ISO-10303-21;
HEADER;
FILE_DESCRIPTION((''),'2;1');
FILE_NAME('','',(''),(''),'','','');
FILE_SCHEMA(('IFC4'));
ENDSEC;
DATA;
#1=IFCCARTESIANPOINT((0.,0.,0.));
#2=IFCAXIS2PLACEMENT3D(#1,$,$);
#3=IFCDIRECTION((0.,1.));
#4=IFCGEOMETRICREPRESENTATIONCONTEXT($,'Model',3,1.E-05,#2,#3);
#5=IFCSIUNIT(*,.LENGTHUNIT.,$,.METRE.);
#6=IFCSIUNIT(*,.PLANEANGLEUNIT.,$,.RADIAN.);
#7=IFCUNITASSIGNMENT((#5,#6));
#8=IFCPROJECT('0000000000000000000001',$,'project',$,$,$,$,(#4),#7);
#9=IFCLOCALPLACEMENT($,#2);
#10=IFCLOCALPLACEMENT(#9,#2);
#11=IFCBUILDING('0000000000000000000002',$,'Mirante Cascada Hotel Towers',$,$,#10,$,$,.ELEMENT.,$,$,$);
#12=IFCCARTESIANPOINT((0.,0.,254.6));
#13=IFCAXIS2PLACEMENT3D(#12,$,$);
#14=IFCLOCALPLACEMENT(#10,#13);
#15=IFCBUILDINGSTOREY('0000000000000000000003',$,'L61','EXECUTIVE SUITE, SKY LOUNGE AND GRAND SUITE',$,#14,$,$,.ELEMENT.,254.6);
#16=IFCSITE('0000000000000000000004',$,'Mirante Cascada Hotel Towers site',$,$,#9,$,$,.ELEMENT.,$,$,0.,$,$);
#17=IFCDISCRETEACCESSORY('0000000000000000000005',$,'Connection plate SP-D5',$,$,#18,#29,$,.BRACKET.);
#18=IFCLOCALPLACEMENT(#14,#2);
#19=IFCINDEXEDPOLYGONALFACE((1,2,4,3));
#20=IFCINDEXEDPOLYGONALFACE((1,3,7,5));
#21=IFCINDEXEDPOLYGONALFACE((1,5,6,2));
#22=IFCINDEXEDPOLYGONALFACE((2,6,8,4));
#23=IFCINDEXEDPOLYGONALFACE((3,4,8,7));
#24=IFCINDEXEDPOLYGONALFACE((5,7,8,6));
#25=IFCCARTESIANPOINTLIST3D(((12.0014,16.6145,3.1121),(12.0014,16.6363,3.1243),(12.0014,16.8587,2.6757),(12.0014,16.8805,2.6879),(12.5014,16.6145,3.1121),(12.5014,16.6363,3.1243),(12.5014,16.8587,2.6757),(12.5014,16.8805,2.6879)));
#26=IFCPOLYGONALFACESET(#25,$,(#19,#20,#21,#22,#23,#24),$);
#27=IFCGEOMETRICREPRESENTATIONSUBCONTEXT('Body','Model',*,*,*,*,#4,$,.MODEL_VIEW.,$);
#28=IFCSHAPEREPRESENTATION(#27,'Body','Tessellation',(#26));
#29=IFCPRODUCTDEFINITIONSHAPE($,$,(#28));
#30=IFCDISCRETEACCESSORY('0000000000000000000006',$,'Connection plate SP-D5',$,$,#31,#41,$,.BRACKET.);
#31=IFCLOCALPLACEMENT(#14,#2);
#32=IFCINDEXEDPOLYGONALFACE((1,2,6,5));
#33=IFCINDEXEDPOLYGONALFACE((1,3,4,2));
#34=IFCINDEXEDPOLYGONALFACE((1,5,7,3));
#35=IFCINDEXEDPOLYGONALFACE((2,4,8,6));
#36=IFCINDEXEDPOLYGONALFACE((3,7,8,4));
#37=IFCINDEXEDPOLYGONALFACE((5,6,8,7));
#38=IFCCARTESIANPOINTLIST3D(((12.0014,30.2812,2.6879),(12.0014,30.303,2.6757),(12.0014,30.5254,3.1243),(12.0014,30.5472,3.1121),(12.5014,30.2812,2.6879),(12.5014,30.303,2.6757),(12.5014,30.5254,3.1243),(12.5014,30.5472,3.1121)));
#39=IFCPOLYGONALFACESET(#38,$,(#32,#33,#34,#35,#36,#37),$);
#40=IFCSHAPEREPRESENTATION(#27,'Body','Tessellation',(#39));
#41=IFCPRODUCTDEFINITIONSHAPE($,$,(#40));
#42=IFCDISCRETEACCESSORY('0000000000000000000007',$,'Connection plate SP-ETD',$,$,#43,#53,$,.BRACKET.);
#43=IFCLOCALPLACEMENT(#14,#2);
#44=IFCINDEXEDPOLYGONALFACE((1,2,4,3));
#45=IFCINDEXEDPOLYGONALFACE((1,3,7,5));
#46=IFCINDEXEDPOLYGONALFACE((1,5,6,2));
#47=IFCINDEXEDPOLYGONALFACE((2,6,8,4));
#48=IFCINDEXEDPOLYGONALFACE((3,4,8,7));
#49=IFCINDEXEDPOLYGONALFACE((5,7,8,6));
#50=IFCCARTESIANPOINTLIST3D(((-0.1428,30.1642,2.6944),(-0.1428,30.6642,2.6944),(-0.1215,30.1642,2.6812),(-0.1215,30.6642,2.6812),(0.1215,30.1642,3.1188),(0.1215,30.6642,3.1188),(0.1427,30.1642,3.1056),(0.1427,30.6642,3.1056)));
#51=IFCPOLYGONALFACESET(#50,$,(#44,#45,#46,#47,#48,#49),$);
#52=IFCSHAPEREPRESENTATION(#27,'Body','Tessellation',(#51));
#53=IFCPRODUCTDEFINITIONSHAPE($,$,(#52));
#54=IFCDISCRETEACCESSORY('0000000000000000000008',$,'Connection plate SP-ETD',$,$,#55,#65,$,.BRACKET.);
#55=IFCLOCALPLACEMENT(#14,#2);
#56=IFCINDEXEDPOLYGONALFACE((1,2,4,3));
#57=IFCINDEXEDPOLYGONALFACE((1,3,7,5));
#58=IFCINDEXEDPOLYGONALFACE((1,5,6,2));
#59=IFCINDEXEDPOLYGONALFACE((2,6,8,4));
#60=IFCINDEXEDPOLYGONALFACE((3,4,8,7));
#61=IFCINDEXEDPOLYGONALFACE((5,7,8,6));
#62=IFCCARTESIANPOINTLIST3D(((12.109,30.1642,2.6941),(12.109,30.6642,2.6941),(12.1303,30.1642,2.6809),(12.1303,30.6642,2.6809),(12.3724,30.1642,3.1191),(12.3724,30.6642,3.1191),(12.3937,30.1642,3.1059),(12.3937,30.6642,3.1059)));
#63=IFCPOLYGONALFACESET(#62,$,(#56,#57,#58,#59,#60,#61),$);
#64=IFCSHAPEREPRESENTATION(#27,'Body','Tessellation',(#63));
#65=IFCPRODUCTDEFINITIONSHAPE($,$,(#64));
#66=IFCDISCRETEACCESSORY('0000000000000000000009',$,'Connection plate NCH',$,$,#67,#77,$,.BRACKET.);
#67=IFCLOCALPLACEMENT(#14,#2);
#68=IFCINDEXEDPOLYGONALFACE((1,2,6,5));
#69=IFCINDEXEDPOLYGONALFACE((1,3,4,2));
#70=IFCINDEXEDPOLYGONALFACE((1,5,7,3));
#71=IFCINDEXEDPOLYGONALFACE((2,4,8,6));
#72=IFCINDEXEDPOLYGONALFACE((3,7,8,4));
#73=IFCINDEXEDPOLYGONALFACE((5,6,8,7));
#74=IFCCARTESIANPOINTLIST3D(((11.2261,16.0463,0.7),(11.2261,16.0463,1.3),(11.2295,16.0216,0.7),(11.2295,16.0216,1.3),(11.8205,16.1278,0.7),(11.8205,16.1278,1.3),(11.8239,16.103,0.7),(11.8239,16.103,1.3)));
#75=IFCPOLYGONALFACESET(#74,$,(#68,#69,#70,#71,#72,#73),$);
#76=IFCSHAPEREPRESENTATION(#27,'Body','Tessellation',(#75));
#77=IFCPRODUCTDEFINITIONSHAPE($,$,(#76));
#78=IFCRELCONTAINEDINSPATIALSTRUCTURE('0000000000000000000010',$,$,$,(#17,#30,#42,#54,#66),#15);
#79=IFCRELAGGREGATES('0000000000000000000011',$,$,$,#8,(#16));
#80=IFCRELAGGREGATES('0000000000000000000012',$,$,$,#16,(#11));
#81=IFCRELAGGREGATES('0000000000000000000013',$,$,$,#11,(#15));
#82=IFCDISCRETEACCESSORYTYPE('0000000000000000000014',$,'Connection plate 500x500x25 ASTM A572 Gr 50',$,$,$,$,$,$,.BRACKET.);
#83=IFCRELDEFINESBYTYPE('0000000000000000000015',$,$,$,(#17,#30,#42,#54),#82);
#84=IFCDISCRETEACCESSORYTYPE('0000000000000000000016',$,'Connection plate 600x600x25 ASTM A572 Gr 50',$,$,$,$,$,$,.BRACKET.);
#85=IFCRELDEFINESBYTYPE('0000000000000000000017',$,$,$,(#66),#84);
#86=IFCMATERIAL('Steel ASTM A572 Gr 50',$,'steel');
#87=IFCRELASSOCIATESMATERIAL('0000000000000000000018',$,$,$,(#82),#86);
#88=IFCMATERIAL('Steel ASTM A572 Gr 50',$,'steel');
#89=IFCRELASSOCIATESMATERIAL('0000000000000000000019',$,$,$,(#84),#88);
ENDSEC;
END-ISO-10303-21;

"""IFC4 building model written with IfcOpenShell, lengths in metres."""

from ifc_helpers import new_model, si_unit, direction, frame, origin, origin_2d, place, context, subcontext, project, spatial, rectangle, extrude, material, material_profile, profile_set, type_object, element, save


model = new_model("IFC4")

# Units and contexts
model_context = context("Model", 3, precision=1e-05, world=origin(), true_north=direction((0.0, 1.0)))
body_context = subcontext(model_context, "Body", "Model", "MODEL_VIEW")
ifc_project = project(units=[si_unit("LENGTHUNIT", "METRE"), si_unit("PLANEANGLEUNIT", "RADIAN")], contexts=[model_context])

# Site, building, storey
site_placement = place(None, origin())
site = spatial("IfcSite", under=ifc_project, at=site_placement, Name="Mirante Cascada Hotel Towers site", CompositionType="ELEMENT", RefElevation=0.0)
building_placement = place(site_placement, origin())
building = spatial("IfcBuilding", under=site, at=building_placement, Name="Mirante Cascada Hotel Towers", CompositionType="ELEMENT")
storey_placement = place(building_placement, frame((0.0, 0.0, 254.6)))
storey = spatial("IfcBuildingStorey", under=building, at=storey_placement, Name="L61", Description="EXECUTIVE SUITE, SKY LOUNGE AND GRAND SUITE", CompositionType="ELEMENT", Elevation=254.6)

# Discrete accessories
ifc_material_1 = material(Name="Steel ASTM A572 Gr 50", Category="steel")
ifc_material_profile_1 = material_profile(ifc_material_1, rectangle(XDim=0.5, YDim=0.5, at=origin_2d()), Name="Connection plate 500x500x25 ASTM A572 Gr 50")
ifc_profile_set_1 = profile_set([ifc_material_profile_1], Name="Steel ASTM A572 Gr 50")
discrete_accessory_type_1 = type_object("IfcDiscreteAccessoryType", Name="Connection plate 500x500x25 ASTM A572 Gr 50", PredefinedType="BRACKET", material=ifc_profile_set_1)
for number, where, z_axis, x_axis, name in (
    (1, (12.2514, 16.7366, 2.8939), (0.0, 0.872642, 0.48836), (-1.0, 0.0, 0.0), "Connection plate SP-D5"),
    (2, (12.2514, 30.4251, 2.8939), (0.0, -0.872642, 0.48836), (1.0, 0.0, 0.0), "Connection plate SP-D5"),
    (3, (0.0106, 30.4142, 2.8934), (-0.848897, 0.0, 0.528559), (0.0, -1.0, 0.0), "Connection plate SP-ETD"),
):
    element("IfcDiscreteAccessory", number, at=place(storey_placement, frame(where, z_axis=z_axis, x_axis=x_axis)), inside=storey, type_object=discrete_accessory_type_1, Name=name, PredefinedType="BRACKET", context=body_context, shape_type="SweptSolid", body=[
        extrude(rectangle(XDim=0.5, YDim=0.5, at=origin_2d()), origin(), (0.0, 0.0, 1.0), 0.025),
    ])
discrete_accessory_1_placement = place(storey_placement, frame((12.262, 30.4142, 2.8934), z_axis=(-0.85001, 0.0, 0.526767), x_axis=(0.0, -1.0, 0.0)))
element("IfcDiscreteAccessory", 4, at=discrete_accessory_1_placement, inside=storey, type_object=discrete_accessory_type_1, Name="Connection plate SP-ETD", PredefinedType="BRACKET", context=body_context, shape_type="SweptSolid", body=[
    extrude(rectangle(XDim=0.5, YDim=0.5, at=origin_2d()), origin(), (0.0, 0.0, 1.0), 0.0251),
])
ifc_material_2 = material(Name="Steel ASTM A572 Gr 50", Category="steel")
ifc_material_profile_2 = material_profile(ifc_material_2, rectangle(XDim=0.6, YDim=0.6, at=origin_2d()), Name="Connection plate 600x600x25 ASTM A572 Gr 50")
ifc_profile_set_2 = profile_set([ifc_material_profile_2], Name="Steel ASTM A572 Gr 50")
discrete_accessory_type_2 = type_object("IfcDiscreteAccessoryType", Name="Connection plate 600x600x25 ASTM A572 Gr 50", PredefinedType="BRACKET", material=ifc_profile_set_2)
discrete_accessory_2_placement = place(storey_placement, frame((11.5267, 16.0623, 1.0), z_axis=(-0.135826, 0.990733, 0.0), x_axis=(-0.990733, -0.135826, 0.0)))
element("IfcDiscreteAccessory", 5, at=discrete_accessory_2_placement, inside=storey, type_object=discrete_accessory_type_2, Name="Connection plate NCH", PredefinedType="BRACKET", context=body_context, shape_type="SweptSolid", body=[
    extrude(rectangle(XDim=0.6, YDim=0.6, at=origin_2d()), origin(), (0.0, 0.0, 1.0), 0.025),
])

save(model, "model.ifc")
